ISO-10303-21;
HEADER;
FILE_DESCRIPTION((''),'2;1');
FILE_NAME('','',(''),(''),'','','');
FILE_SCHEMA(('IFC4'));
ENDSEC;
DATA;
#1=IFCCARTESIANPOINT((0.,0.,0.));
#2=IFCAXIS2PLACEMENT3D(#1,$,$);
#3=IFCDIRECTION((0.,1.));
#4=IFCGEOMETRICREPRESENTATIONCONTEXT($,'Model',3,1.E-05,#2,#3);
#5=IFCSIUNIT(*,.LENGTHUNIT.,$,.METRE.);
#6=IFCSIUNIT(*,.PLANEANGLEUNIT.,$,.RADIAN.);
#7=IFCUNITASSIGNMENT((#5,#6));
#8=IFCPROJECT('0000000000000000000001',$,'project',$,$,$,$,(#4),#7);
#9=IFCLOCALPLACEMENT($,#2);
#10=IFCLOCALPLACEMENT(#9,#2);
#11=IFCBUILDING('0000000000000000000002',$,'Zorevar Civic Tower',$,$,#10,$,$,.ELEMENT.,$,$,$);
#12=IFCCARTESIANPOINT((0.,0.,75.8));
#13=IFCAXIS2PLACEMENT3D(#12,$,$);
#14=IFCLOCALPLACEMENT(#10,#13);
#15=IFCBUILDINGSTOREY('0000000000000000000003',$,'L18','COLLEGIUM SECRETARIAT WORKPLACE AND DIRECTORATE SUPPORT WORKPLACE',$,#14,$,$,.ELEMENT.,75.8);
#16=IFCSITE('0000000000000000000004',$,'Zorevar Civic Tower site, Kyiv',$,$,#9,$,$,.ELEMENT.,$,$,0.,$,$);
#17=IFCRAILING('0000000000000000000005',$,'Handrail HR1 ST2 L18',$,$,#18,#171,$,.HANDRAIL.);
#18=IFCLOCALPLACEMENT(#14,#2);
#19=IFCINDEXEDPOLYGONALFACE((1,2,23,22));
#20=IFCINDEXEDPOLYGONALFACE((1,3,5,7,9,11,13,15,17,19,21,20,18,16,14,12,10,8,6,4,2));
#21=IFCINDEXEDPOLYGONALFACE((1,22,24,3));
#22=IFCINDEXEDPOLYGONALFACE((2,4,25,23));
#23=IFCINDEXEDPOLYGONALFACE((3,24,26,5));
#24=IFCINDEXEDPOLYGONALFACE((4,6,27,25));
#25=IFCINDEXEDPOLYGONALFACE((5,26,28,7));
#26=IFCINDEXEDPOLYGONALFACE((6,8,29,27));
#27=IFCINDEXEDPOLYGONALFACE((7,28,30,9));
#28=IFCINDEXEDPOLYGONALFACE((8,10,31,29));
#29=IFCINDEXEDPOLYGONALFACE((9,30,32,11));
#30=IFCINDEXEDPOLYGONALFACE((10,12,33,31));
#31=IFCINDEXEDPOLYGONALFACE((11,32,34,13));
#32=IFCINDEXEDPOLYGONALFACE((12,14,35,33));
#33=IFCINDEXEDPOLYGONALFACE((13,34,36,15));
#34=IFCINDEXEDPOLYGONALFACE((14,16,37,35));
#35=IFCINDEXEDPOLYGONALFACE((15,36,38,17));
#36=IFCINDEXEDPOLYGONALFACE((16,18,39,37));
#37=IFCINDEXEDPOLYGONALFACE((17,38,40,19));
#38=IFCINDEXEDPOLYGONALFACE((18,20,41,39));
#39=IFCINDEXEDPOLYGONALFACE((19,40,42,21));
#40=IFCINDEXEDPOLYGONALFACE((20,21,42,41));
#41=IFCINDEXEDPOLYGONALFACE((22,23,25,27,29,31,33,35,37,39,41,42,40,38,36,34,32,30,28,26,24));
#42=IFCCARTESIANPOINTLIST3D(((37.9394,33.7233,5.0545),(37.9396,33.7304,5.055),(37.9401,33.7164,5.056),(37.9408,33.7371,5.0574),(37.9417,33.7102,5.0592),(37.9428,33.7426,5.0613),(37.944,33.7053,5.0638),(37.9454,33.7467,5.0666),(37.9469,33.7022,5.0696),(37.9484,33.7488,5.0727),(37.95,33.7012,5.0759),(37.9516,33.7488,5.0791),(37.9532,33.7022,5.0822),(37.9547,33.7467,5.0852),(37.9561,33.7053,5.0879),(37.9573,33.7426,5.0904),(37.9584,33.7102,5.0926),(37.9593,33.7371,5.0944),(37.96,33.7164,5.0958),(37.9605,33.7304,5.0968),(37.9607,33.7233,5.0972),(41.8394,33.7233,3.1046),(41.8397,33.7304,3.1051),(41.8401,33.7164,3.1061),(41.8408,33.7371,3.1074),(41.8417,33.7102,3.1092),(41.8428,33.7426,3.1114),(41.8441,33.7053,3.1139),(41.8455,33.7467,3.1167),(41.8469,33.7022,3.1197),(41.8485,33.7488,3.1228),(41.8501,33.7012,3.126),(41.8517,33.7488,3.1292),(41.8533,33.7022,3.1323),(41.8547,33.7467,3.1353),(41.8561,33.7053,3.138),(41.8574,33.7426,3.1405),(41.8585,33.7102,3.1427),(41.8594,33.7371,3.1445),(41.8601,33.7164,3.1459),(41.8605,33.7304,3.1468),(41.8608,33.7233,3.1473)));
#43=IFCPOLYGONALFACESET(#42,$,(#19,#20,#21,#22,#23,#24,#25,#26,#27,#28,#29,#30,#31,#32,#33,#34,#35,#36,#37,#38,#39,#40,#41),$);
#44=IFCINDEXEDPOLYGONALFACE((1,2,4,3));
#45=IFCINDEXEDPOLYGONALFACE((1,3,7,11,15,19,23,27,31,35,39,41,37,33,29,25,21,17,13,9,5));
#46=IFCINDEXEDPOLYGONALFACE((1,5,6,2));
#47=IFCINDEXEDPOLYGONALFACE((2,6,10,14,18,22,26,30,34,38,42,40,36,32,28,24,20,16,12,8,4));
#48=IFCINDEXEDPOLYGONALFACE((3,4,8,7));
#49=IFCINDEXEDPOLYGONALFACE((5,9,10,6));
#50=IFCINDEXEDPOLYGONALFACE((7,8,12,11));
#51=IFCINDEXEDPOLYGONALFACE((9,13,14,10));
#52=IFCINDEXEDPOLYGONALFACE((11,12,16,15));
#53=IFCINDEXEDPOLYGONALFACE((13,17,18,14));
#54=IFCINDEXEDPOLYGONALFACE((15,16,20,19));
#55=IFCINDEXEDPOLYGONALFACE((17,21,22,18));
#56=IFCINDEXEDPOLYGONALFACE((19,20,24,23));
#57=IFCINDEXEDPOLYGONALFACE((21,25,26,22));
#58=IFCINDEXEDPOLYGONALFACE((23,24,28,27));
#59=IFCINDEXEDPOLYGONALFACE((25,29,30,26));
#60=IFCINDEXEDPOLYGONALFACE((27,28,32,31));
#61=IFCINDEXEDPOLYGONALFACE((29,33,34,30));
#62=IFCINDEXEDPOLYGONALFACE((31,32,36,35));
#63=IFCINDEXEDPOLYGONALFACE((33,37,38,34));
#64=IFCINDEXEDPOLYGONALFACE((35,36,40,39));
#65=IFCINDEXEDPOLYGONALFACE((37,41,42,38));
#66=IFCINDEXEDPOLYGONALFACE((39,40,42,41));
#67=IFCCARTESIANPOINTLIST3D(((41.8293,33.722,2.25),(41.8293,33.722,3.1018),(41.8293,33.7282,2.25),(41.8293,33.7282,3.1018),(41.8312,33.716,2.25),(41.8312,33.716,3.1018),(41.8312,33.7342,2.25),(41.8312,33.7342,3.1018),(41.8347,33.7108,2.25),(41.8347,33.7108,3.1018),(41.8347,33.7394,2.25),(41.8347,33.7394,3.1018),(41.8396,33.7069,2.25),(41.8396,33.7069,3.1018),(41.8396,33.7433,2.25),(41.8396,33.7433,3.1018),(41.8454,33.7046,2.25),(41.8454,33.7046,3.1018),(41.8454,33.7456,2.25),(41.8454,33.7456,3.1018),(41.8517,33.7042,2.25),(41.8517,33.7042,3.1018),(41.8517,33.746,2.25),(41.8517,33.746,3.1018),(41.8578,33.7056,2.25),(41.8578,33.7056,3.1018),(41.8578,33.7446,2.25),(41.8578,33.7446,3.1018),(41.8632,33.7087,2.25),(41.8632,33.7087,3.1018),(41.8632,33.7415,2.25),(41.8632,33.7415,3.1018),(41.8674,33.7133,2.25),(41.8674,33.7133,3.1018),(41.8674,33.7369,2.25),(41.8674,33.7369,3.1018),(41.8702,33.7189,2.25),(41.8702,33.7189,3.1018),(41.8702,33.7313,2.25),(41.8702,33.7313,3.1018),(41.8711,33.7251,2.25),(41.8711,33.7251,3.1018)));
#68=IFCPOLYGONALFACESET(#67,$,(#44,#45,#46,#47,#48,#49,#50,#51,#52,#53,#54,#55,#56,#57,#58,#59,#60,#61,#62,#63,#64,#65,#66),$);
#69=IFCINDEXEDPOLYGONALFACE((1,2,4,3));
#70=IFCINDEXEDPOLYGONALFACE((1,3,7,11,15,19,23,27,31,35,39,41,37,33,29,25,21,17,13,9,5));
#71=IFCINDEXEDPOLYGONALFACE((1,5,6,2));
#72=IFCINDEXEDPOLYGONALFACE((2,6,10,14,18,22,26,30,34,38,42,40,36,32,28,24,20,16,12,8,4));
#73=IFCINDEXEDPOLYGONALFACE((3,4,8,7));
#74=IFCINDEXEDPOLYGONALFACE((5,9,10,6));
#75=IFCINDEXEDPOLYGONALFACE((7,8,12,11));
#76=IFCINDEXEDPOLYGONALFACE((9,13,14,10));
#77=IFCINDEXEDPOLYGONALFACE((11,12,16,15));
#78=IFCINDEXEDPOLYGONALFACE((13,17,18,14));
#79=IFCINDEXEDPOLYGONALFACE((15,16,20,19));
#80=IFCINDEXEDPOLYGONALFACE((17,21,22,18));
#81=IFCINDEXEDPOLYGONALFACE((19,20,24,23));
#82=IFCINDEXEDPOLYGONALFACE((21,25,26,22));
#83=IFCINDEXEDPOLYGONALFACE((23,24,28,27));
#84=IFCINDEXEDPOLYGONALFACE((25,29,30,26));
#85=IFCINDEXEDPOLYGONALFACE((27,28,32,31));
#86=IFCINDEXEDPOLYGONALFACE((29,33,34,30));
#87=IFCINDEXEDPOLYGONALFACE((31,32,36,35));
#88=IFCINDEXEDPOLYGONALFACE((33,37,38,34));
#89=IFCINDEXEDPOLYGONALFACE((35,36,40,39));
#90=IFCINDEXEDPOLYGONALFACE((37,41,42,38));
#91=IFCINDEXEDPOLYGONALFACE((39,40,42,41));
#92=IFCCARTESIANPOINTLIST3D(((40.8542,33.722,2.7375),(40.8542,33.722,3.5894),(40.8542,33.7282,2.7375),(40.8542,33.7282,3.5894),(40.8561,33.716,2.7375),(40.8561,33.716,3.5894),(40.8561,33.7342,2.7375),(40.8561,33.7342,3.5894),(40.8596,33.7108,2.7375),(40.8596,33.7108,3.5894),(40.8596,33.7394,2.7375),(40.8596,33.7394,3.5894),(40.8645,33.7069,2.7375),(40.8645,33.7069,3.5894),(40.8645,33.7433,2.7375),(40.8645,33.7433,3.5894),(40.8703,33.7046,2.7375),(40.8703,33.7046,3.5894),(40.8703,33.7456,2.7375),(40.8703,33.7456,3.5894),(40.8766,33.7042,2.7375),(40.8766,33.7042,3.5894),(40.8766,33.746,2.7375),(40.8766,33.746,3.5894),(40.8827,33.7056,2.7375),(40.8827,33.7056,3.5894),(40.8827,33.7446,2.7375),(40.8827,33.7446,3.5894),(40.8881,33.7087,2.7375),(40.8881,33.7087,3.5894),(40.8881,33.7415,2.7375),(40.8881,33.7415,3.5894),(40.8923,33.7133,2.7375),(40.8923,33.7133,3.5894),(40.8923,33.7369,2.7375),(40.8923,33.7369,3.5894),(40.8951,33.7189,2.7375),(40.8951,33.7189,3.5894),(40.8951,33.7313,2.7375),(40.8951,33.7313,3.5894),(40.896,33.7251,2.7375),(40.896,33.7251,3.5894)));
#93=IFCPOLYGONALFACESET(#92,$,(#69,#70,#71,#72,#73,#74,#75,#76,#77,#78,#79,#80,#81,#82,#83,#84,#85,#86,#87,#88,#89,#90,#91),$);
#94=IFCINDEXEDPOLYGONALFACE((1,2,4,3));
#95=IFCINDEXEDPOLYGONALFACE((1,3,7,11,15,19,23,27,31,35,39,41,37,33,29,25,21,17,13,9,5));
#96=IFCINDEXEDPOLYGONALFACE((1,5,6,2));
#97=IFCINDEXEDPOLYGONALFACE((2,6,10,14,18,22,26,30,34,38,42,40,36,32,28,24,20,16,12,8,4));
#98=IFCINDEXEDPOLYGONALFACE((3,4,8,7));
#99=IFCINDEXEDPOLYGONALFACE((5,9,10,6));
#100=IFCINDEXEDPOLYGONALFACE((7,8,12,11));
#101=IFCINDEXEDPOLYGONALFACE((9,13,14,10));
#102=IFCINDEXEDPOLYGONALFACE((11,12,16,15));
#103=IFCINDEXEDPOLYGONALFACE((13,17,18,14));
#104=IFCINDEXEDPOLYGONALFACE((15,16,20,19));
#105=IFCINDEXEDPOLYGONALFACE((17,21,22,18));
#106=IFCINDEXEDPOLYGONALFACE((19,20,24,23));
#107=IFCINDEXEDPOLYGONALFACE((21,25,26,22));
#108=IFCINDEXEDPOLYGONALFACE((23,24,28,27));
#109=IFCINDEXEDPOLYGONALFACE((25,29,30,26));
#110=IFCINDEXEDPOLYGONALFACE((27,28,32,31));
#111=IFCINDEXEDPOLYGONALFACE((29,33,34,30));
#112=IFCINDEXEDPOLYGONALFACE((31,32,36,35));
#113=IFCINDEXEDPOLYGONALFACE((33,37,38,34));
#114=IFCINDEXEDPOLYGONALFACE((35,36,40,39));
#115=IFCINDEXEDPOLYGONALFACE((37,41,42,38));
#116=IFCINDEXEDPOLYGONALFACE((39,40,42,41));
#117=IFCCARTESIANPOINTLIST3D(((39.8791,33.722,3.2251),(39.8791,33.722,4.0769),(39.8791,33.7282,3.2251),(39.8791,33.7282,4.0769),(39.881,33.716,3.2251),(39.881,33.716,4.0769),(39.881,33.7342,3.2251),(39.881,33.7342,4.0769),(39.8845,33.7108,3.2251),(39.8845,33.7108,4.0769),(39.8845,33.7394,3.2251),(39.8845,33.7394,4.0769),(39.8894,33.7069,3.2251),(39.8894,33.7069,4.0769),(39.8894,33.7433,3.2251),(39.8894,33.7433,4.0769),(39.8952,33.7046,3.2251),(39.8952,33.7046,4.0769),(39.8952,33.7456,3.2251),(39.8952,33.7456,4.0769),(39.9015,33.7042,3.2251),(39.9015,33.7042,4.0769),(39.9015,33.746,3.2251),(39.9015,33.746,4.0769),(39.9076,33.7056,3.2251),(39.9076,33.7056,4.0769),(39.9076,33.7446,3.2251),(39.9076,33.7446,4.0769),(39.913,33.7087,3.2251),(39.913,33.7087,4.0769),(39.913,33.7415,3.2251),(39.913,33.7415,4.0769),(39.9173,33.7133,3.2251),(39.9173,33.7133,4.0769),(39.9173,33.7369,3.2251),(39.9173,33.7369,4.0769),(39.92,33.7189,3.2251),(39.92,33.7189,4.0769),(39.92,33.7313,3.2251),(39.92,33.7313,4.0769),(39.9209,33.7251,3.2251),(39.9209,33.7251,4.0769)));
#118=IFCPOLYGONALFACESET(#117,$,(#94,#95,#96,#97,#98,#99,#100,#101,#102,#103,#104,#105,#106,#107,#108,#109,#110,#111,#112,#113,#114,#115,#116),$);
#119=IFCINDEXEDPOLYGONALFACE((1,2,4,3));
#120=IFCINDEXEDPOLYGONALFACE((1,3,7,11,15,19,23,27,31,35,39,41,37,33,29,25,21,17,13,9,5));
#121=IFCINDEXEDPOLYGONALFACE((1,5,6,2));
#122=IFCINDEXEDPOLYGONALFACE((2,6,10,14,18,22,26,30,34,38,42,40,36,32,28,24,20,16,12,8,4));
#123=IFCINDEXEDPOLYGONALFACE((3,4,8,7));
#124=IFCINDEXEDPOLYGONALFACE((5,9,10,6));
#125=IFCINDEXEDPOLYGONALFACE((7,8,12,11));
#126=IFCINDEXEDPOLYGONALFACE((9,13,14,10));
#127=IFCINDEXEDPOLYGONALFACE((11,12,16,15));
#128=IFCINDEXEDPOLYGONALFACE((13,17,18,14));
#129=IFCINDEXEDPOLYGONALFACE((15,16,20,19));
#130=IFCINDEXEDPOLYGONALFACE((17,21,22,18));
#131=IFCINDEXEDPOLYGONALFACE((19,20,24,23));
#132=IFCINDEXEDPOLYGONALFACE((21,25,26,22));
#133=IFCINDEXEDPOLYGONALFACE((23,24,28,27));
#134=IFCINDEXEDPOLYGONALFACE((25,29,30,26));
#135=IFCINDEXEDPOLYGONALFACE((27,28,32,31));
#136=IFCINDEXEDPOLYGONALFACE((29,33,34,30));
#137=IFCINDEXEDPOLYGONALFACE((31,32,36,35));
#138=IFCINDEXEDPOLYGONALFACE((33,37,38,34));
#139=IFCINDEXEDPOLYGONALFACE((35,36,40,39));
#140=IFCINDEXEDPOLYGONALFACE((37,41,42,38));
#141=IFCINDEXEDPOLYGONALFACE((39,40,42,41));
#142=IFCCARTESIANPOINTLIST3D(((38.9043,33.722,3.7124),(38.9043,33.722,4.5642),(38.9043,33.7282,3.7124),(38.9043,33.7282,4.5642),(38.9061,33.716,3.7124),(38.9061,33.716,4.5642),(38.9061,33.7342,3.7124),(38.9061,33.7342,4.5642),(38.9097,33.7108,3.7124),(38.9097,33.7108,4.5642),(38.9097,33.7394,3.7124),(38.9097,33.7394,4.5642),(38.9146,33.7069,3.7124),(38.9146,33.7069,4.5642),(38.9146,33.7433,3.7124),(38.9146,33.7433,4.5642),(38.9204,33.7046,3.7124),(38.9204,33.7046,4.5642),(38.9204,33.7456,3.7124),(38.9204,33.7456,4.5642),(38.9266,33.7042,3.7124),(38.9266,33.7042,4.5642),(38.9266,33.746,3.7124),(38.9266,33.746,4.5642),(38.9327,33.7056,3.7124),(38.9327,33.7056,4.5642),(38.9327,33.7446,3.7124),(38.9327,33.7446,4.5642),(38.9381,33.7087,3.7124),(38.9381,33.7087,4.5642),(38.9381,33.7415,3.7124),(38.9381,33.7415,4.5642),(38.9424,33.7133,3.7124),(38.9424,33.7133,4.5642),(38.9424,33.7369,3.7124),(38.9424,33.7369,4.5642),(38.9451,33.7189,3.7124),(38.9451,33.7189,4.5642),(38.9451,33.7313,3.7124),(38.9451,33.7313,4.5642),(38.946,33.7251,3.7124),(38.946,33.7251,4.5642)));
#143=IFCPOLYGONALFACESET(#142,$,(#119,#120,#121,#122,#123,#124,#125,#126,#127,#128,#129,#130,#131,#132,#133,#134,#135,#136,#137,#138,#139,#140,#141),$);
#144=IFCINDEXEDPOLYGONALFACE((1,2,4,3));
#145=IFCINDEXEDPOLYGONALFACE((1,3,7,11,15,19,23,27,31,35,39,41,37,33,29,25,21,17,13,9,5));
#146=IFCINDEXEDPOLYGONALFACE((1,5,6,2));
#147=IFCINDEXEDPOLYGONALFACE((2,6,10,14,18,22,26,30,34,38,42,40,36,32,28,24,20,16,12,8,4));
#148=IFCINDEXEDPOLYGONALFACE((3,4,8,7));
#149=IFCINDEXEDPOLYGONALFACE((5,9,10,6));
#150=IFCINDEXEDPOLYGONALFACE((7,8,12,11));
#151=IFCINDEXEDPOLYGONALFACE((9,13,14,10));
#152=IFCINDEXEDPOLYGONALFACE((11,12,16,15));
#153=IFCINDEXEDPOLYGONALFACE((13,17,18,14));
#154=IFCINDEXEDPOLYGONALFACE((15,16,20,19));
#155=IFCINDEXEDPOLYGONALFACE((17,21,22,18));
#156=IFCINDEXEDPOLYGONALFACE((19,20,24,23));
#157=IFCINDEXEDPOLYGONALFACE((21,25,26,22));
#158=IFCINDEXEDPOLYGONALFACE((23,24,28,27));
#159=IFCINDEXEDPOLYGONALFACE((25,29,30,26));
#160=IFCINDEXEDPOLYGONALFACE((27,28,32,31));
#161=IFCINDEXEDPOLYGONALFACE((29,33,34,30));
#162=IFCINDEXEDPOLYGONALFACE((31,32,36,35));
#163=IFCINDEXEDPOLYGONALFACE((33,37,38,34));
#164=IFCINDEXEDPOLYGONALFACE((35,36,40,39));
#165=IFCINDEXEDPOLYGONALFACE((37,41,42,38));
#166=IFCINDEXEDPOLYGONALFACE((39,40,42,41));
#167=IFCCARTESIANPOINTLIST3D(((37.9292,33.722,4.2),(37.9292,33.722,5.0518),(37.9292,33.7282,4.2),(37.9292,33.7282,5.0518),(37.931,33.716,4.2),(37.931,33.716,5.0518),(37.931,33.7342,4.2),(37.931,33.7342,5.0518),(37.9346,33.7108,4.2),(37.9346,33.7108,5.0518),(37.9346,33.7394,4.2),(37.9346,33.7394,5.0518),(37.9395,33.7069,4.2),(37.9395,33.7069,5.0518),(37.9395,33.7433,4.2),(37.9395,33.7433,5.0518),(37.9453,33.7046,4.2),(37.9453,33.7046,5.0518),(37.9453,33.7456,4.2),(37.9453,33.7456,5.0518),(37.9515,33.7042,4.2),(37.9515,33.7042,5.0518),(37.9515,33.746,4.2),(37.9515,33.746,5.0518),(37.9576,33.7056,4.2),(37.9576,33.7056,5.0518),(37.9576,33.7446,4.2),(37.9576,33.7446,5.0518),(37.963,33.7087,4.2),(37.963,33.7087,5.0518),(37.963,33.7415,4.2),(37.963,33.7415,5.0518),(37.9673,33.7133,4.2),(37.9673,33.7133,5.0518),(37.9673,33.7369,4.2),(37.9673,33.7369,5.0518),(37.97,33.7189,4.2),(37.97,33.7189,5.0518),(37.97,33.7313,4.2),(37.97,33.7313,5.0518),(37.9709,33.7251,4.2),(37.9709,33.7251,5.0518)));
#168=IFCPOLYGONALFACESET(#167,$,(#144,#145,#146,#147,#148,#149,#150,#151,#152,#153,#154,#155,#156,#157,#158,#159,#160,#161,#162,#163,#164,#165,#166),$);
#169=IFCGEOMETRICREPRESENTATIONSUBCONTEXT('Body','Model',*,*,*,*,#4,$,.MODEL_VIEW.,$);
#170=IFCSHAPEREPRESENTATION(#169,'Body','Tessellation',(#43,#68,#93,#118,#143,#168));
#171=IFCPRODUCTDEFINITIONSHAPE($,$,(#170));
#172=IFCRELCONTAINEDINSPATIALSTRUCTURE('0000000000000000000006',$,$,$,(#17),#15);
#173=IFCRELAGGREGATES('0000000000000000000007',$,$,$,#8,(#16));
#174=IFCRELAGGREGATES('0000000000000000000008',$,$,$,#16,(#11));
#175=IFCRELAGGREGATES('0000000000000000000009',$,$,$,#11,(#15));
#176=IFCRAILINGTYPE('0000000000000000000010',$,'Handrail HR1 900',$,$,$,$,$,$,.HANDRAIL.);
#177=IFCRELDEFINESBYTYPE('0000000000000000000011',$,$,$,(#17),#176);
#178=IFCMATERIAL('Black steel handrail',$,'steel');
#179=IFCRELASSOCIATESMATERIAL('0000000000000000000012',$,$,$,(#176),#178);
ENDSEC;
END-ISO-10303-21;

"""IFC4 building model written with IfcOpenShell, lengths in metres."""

from ifc_helpers import new_model, si_unit, direction, frame, origin, origin_2d, place, context, subcontext, project, spatial, circle, extrude, material, type_object, element, save


model = new_model("IFC4")

# Units and contexts
model_context = context("Model", 3, precision=1e-05, world=origin(), true_north=direction((0.0, 1.0)))
body_context = subcontext(model_context, "Body", "Model", "MODEL_VIEW")
ifc_project = project(units=[si_unit("LENGTHUNIT", "METRE"), si_unit("PLANEANGLEUNIT", "RADIAN")], contexts=[model_context])

# Site, building, storey
site_placement = place(None, origin())
site = spatial("IfcSite", under=ifc_project, at=site_placement, Name="Zorevar Civic Tower site, Kyiv", CompositionType="ELEMENT", RefElevation=0.0)
building_placement = place(site_placement, origin())
building = spatial("IfcBuilding", under=site, at=building_placement, Name="Zorevar Civic Tower", CompositionType="ELEMENT")
storey_placement = place(building_placement, frame((0.0, 0.0, 75.8)))
storey = spatial("IfcBuildingStorey", under=building, at=storey_placement, Name="L18", Description="COLLEGIUM SECRETARIAT WORKPLACE AND DIRECTORATE SUPPORT WORKPLACE", CompositionType="ELEMENT", Elevation=75.8)

# Railing
ifc_material_1 = material(Name="Black steel handrail", Category="steel")
railing_type = type_object("IfcRailingType", Name="Handrail HR1 900", PredefinedType="HANDRAIL", material=ifc_material_1)
railing_1_placement = place(storey_placement, frame((41.8501, 33.7251, 2.25)))
element("IfcRailing", 1, at=railing_1_placement, inside=storey, type_object=railing_type, Name="Handrail HR1 ST2 L18", PredefinedType="HANDRAIL", context=body_context, shape_type="SweptSolid", body=[
    extrude(circle(Radius=0.0239, at=origin_2d()), frame((0.0, 0.0, 0.876), z_axis=(-0.894438, 0.0, 0.447191), x_axis=(0.0, -1.0, 0.0)), (0.0, 0.0, 1.0), 4.3604),
    extrude(circle(Radius=0.021, at=origin_2d()), origin(), (0.0, 0.0, 1.0), 0.8518),
    extrude(circle(Radius=0.021, at=origin_2d()), frame((-0.9751, 0.0, 0.4875)), (0.0, 0.0, 1.0), 0.8518),
    extrude(circle(Radius=0.021, at=origin_2d()), frame((-1.9502, 0.0, 0.9751)), (0.0, 0.0, 1.0), 0.8518),
    extrude(circle(Radius=0.021, at=origin_2d()), frame((-2.925, 0.0, 1.4624)), (0.0, 0.0, 1.0), 0.8518),
    extrude(circle(Radius=0.021, at=origin_2d()), frame((-3.9001, 0.0, 1.95)), (0.0, 0.0, 1.0), 0.8518),
])

save(model, "model.ifc")
